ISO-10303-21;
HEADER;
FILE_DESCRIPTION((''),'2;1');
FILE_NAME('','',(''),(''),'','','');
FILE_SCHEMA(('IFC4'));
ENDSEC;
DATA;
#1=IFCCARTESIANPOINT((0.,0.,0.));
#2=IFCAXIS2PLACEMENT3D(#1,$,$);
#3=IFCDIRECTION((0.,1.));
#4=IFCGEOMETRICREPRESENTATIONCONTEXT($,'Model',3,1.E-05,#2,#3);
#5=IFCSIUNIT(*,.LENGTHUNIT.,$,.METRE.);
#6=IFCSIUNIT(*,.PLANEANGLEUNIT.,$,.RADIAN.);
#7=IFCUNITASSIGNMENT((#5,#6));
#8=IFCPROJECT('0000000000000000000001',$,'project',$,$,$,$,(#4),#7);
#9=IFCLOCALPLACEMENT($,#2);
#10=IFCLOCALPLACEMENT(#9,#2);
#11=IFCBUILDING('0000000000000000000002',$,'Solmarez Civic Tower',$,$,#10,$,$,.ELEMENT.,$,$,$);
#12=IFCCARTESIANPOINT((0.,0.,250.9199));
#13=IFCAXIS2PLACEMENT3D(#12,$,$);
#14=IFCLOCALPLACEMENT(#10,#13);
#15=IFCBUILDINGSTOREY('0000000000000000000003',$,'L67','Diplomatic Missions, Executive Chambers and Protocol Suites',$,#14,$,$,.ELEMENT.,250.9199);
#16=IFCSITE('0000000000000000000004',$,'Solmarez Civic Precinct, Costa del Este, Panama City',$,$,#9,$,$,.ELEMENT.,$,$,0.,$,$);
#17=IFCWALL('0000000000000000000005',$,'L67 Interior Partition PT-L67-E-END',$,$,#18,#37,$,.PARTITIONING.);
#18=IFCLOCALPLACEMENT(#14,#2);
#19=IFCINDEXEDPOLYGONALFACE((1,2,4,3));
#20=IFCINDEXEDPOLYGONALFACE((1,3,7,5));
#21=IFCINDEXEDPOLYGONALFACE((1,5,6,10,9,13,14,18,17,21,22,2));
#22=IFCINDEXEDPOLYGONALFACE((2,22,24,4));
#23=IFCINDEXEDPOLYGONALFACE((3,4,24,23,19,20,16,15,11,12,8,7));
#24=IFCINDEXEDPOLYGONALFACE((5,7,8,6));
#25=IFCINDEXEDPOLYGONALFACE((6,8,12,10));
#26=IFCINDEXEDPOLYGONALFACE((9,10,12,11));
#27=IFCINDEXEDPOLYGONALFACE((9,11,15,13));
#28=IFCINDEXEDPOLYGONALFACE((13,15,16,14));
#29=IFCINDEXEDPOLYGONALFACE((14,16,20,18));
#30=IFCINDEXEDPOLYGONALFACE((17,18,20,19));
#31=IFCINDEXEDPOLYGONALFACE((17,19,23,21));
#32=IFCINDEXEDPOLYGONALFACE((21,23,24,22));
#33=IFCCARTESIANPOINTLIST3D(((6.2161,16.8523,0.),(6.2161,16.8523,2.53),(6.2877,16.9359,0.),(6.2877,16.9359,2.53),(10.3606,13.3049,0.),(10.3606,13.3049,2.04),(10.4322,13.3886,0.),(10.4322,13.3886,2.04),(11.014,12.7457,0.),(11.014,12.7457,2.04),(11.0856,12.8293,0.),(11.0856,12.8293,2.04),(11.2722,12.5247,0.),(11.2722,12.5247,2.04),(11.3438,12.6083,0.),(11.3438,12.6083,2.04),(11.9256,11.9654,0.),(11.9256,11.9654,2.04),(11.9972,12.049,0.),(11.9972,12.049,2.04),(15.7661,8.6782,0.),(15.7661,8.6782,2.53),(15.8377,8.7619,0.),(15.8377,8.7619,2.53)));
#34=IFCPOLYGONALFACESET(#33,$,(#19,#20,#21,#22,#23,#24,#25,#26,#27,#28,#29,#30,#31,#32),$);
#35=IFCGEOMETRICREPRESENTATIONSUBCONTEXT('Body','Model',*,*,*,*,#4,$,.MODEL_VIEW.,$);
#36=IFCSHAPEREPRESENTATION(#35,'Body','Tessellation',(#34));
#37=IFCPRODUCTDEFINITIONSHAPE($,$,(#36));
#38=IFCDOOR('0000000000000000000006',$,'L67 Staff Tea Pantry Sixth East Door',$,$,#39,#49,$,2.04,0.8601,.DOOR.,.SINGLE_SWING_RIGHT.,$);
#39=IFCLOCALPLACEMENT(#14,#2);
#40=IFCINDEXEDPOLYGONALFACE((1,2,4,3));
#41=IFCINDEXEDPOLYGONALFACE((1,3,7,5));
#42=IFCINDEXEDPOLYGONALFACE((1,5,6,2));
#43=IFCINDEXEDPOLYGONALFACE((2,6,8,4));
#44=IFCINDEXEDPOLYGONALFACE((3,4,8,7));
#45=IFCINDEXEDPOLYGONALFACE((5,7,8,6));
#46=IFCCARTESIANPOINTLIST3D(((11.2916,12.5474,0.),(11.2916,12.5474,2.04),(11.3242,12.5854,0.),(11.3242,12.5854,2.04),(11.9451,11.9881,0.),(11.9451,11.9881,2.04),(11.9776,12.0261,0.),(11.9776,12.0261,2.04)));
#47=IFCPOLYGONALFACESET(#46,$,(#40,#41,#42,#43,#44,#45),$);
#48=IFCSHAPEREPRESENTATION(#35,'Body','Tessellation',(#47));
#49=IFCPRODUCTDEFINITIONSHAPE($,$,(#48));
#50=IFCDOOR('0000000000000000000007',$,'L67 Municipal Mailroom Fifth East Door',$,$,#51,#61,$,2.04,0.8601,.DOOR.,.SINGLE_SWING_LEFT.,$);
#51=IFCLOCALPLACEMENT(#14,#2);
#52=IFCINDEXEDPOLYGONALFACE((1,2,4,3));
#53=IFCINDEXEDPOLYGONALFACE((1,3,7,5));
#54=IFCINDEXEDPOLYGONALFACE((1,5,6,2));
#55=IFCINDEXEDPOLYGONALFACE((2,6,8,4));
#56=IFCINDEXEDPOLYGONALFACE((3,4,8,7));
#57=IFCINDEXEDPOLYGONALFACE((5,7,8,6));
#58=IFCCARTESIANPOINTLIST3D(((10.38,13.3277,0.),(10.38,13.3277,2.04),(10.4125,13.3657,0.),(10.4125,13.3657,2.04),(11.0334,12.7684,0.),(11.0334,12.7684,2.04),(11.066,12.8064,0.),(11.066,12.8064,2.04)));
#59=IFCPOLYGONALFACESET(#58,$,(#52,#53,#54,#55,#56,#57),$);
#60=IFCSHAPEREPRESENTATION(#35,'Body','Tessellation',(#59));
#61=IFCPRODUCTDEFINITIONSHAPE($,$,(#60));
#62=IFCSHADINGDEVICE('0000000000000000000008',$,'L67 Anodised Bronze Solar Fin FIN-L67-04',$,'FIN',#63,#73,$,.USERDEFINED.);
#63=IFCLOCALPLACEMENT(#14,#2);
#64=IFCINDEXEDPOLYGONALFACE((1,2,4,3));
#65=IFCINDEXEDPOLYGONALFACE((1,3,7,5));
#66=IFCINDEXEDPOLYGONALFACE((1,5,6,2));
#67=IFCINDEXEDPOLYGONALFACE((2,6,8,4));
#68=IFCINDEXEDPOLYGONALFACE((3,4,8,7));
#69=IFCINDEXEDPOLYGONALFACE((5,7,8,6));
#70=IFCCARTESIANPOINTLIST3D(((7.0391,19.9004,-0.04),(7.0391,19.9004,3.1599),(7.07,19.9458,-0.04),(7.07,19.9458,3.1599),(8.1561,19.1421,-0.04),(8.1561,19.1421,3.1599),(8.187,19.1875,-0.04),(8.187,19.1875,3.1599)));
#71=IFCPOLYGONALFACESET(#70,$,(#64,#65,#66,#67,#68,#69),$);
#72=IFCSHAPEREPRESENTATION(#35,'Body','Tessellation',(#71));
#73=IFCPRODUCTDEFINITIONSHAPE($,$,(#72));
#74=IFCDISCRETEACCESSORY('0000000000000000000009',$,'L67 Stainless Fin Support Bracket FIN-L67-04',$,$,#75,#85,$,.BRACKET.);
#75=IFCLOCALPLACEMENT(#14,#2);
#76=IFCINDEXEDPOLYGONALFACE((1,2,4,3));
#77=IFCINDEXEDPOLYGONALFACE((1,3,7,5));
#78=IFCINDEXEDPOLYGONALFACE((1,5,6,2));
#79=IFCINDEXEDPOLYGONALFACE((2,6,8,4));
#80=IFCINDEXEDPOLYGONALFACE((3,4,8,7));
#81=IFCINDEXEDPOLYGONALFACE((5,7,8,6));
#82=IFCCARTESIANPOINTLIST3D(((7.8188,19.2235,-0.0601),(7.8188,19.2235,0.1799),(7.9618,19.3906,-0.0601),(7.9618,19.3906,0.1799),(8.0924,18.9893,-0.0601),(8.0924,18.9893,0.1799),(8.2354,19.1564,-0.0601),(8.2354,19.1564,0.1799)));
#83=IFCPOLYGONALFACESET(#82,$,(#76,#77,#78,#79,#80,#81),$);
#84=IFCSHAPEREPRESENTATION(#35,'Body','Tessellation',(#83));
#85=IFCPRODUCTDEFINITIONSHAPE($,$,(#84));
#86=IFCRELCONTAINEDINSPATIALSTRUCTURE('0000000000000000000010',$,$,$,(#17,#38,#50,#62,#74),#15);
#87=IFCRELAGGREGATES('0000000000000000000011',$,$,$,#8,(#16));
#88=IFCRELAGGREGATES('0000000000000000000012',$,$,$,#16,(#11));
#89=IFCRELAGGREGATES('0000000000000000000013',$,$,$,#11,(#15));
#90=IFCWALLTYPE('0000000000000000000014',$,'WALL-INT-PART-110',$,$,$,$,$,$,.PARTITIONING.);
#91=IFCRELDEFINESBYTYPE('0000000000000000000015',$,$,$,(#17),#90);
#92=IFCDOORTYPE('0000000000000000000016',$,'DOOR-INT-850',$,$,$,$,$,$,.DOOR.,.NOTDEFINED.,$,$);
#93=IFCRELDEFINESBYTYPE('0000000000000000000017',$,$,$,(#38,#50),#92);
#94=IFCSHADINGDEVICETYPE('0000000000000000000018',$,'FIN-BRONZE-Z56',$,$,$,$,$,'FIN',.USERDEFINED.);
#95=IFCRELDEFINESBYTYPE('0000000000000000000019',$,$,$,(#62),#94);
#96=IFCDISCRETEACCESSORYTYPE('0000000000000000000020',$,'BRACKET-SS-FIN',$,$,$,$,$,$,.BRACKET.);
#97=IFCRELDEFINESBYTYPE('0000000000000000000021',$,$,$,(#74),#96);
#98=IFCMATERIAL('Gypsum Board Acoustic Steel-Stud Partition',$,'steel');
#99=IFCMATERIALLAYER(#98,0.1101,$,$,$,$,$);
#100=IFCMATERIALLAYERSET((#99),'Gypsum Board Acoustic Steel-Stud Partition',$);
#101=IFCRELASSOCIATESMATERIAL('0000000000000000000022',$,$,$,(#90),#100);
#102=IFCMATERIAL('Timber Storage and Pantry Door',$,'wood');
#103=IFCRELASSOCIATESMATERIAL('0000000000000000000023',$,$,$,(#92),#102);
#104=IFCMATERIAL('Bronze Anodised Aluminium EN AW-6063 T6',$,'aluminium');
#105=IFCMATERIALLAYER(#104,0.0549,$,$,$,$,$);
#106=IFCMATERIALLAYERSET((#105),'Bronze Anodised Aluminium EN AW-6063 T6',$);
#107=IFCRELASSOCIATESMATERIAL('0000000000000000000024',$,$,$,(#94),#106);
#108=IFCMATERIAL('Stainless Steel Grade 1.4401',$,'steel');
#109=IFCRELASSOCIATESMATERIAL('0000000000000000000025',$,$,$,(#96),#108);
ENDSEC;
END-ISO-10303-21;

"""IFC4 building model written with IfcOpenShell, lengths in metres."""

from ifc_helpers import new_model, si_unit, direction, frame, frame_2d, origin, origin_2d, place, context, subcontext, project, spatial, rectangle, extrude, material, layer, layer_set, type_object, element, fill, save


model = new_model("IFC4")

# Units and contexts
model_context = context("Model", 3, precision=1e-05, world=origin(), true_north=direction((0.0, 1.0)))
body_context = subcontext(model_context, "Body", "Model", "MODEL_VIEW")
ifc_project = project(units=[si_unit("LENGTHUNIT", "METRE"), si_unit("PLANEANGLEUNIT", "RADIAN")], contexts=[model_context])

# Site, building, storey
site_placement = place(None, origin())
site = spatial("IfcSite", under=ifc_project, at=site_placement, Name="Solmarez Civic Precinct, Costa del Este, Panama City", CompositionType="ELEMENT", RefElevation=0.0)
building_placement = place(site_placement, origin())
building = spatial("IfcBuilding", under=site, at=building_placement, Name="Solmarez Civic Tower", CompositionType="ELEMENT")
storey_placement = place(building_placement, frame((0.0, 0.0, 250.9199)))
storey = spatial("IfcBuildingStorey", under=building, at=storey_placement, Name="L67", Description="Diplomatic Missions, Executive Chambers and Protocol Suites", CompositionType="ELEMENT", Elevation=250.9199)

# Shared definitions
ifc_material_1 = material(Name="Gypsum Board Acoustic Steel-Stud Partition", Category="steel")
ifc_layer_1 = layer(ifc_material_1, 0.1101)
ifc_layer_set_1 = layer_set([ifc_layer_1], Name="Gypsum Board Acoustic Steel-Stud Partition")
wall_type_1 = type_object("IfcWallType", Name="WALL-INT-PART-110", PredefinedType="PARTITIONING", material=ifc_layer_set_1)

# Wall, openings, doors
wall_1_placement = place(storey_placement, frame((6.252, 16.894, 0.0), z_axis=(0.0, 0.0, 1.0), x_axis=(0.759716, -0.650255, 0.0)))
wall_1 = element("IfcWall", 1, at=wall_1_placement, inside=storey, type_object=wall_type_1, Name="L67 Interior Partition PT-L67-E-END", PredefinedType="PARTITIONING", context=body_context, shape_type="SweptSolid", body=[
    extrude(rectangle(XDim=12.5706, YDim=0.1101, at=frame_2d((6.2852, 0.0))), origin(), (0.0, 0.0, 1.0), 2.53),
])
opening_1_placement = place(wall_1_placement, frame((6.655, 0.0, 0.0)))
opening_1 = element("IfcOpeningElement", 2, at=opening_1_placement, cuts=wall_1, PredefinedType="OPENING", context=body_context, shape_type="SweptSolid", body=[
    extrude(rectangle(XDim=0.8601, YDim=2.04, at=frame_2d((0.4302, 1.02))), frame((0.0, 0.0649, 0.0), z_axis=(0.0, -1.0, 0.0), x_axis=(1.0, 0.0, 0.0)), (0.0, 0.0, 1.0), 0.1301),
])
opening_2_placement = place(wall_1_placement, frame((5.4551, 0.0, 0.0)))
opening_2 = element("IfcOpeningElement", 3, at=opening_2_placement, cuts=wall_1, PredefinedType="OPENING", context=body_context, shape_type="SweptSolid", body=[
    extrude(rectangle(XDim=0.8601, YDim=2.04, at=frame_2d((0.4302, 1.02))), frame((0.0, 0.0649, 0.0), z_axis=(0.0, -1.0, 0.0), x_axis=(1.0, 0.0, 0.0)), (0.0, 0.0, 1.0), 0.1301),
])
ifc_material_2 = material(Name="Timber Storage and Pantry Door", Category="wood")
door_type_1 = type_object("IfcDoorType", Name="DOOR-INT-850", OperationType="NOTDEFINED", PredefinedType="DOOR", material=ifc_material_2)
door_1_placement = place(opening_1_placement, origin())
door_1 = element("IfcDoor", 4, at=door_1_placement, inside=storey, type_object=door_type_1, Name="L67 Staff Tea Pantry Sixth East Door", OperationType="SINGLE_SWING_RIGHT", OverallHeight=2.04, OverallWidth=0.8601, PredefinedType="DOOR", context=body_context, shape_type="SweptSolid", body=[
    extrude(rectangle(XDim=0.8601, YDim=2.04, at=frame_2d((0.4302, 1.02))), frame((0.0, 0.0249, 0.0), z_axis=(0.0, -1.0, 0.0), x_axis=(1.0, 0.0, 0.0)), (0.0, 0.0, 1.0), 0.05),
])
fill(opening_1, door_1)
door_2_placement = place(opening_2_placement, origin())
door_2 = element("IfcDoor", 5, at=door_2_placement, inside=storey, type_object=door_type_1, Name="L67 Municipal Mailroom Fifth East Door", OperationType="SINGLE_SWING_LEFT", OverallHeight=2.04, OverallWidth=0.8601, PredefinedType="DOOR", context=body_context, shape_type="SweptSolid", body=[
    extrude(rectangle(XDim=0.8601, YDim=2.04, at=frame_2d((0.4302, 1.02))), frame((0.0, 0.0249, 0.0), z_axis=(0.0, -1.0, 0.0), x_axis=(1.0, 0.0, 0.0)), (0.0, 0.0, 1.0), 0.05),
])
fill(opening_2, door_2)

# Shading device
ifc_material_3 = material(Name="Bronze Anodised Aluminium EN AW-6063 T6", Category="aluminium")
ifc_layer_2 = layer(ifc_material_3, 0.0549)
ifc_layer_set_2 = layer_set([ifc_layer_2], Name="Bronze Anodised Aluminium EN AW-6063 T6")
shading_device_type = type_object("IfcShadingDeviceType", Name="FIN-BRONZE-Z56", ElementType="FIN", PredefinedType="USERDEFINED", material=ifc_layer_set_2)
shading_device_placement = place(storey_placement, frame((7.613, 19.5439, -0.04), z_axis=(0.0, 0.0, 1.0), x_axis=(-0.827345, 0.561694, 0.0)))
element("IfcShadingDevice", 6, at=shading_device_placement, inside=storey, type_object=shading_device_type, Name="L67 Anodised Bronze Solar Fin FIN-L67-04", ObjectType="FIN", PredefinedType="USERDEFINED", context=body_context, shape_type="SweptSolid", body=[
    extrude(rectangle(XDim=1.3501, YDim=0.0549, at=origin_2d()), origin(), (0.0, 0.0, 1.0), 3.2),
])

# Discrete accessory
ifc_material_4 = material(Name="Stainless Steel Grade 1.4401", Category="steel")
discrete_accessory_type = type_object("IfcDiscreteAccessoryType", Name="BRACKET-SS-FIN", PredefinedType="BRACKET", material=ifc_material_4)
discrete_accessory_placement = place(storey_placement, frame((8.0271, 19.1899, -0.0601), z_axis=(0.0, 0.0, 1.0), x_axis=(-0.759682, 0.650295, 0.0)))
element("IfcDiscreteAccessory", 7, at=discrete_accessory_placement, inside=storey, type_object=discrete_accessory_type, Name="L67 Stainless Fin Support Bracket FIN-L67-04", PredefinedType="BRACKET", context=body_context, shape_type="SweptSolid", body=[
    extrude(rectangle(XDim=0.3601, YDim=0.22, at=origin_2d()), origin(), (0.0, 0.0, 1.0), 0.24),
])

save(model, "model.ifc")
